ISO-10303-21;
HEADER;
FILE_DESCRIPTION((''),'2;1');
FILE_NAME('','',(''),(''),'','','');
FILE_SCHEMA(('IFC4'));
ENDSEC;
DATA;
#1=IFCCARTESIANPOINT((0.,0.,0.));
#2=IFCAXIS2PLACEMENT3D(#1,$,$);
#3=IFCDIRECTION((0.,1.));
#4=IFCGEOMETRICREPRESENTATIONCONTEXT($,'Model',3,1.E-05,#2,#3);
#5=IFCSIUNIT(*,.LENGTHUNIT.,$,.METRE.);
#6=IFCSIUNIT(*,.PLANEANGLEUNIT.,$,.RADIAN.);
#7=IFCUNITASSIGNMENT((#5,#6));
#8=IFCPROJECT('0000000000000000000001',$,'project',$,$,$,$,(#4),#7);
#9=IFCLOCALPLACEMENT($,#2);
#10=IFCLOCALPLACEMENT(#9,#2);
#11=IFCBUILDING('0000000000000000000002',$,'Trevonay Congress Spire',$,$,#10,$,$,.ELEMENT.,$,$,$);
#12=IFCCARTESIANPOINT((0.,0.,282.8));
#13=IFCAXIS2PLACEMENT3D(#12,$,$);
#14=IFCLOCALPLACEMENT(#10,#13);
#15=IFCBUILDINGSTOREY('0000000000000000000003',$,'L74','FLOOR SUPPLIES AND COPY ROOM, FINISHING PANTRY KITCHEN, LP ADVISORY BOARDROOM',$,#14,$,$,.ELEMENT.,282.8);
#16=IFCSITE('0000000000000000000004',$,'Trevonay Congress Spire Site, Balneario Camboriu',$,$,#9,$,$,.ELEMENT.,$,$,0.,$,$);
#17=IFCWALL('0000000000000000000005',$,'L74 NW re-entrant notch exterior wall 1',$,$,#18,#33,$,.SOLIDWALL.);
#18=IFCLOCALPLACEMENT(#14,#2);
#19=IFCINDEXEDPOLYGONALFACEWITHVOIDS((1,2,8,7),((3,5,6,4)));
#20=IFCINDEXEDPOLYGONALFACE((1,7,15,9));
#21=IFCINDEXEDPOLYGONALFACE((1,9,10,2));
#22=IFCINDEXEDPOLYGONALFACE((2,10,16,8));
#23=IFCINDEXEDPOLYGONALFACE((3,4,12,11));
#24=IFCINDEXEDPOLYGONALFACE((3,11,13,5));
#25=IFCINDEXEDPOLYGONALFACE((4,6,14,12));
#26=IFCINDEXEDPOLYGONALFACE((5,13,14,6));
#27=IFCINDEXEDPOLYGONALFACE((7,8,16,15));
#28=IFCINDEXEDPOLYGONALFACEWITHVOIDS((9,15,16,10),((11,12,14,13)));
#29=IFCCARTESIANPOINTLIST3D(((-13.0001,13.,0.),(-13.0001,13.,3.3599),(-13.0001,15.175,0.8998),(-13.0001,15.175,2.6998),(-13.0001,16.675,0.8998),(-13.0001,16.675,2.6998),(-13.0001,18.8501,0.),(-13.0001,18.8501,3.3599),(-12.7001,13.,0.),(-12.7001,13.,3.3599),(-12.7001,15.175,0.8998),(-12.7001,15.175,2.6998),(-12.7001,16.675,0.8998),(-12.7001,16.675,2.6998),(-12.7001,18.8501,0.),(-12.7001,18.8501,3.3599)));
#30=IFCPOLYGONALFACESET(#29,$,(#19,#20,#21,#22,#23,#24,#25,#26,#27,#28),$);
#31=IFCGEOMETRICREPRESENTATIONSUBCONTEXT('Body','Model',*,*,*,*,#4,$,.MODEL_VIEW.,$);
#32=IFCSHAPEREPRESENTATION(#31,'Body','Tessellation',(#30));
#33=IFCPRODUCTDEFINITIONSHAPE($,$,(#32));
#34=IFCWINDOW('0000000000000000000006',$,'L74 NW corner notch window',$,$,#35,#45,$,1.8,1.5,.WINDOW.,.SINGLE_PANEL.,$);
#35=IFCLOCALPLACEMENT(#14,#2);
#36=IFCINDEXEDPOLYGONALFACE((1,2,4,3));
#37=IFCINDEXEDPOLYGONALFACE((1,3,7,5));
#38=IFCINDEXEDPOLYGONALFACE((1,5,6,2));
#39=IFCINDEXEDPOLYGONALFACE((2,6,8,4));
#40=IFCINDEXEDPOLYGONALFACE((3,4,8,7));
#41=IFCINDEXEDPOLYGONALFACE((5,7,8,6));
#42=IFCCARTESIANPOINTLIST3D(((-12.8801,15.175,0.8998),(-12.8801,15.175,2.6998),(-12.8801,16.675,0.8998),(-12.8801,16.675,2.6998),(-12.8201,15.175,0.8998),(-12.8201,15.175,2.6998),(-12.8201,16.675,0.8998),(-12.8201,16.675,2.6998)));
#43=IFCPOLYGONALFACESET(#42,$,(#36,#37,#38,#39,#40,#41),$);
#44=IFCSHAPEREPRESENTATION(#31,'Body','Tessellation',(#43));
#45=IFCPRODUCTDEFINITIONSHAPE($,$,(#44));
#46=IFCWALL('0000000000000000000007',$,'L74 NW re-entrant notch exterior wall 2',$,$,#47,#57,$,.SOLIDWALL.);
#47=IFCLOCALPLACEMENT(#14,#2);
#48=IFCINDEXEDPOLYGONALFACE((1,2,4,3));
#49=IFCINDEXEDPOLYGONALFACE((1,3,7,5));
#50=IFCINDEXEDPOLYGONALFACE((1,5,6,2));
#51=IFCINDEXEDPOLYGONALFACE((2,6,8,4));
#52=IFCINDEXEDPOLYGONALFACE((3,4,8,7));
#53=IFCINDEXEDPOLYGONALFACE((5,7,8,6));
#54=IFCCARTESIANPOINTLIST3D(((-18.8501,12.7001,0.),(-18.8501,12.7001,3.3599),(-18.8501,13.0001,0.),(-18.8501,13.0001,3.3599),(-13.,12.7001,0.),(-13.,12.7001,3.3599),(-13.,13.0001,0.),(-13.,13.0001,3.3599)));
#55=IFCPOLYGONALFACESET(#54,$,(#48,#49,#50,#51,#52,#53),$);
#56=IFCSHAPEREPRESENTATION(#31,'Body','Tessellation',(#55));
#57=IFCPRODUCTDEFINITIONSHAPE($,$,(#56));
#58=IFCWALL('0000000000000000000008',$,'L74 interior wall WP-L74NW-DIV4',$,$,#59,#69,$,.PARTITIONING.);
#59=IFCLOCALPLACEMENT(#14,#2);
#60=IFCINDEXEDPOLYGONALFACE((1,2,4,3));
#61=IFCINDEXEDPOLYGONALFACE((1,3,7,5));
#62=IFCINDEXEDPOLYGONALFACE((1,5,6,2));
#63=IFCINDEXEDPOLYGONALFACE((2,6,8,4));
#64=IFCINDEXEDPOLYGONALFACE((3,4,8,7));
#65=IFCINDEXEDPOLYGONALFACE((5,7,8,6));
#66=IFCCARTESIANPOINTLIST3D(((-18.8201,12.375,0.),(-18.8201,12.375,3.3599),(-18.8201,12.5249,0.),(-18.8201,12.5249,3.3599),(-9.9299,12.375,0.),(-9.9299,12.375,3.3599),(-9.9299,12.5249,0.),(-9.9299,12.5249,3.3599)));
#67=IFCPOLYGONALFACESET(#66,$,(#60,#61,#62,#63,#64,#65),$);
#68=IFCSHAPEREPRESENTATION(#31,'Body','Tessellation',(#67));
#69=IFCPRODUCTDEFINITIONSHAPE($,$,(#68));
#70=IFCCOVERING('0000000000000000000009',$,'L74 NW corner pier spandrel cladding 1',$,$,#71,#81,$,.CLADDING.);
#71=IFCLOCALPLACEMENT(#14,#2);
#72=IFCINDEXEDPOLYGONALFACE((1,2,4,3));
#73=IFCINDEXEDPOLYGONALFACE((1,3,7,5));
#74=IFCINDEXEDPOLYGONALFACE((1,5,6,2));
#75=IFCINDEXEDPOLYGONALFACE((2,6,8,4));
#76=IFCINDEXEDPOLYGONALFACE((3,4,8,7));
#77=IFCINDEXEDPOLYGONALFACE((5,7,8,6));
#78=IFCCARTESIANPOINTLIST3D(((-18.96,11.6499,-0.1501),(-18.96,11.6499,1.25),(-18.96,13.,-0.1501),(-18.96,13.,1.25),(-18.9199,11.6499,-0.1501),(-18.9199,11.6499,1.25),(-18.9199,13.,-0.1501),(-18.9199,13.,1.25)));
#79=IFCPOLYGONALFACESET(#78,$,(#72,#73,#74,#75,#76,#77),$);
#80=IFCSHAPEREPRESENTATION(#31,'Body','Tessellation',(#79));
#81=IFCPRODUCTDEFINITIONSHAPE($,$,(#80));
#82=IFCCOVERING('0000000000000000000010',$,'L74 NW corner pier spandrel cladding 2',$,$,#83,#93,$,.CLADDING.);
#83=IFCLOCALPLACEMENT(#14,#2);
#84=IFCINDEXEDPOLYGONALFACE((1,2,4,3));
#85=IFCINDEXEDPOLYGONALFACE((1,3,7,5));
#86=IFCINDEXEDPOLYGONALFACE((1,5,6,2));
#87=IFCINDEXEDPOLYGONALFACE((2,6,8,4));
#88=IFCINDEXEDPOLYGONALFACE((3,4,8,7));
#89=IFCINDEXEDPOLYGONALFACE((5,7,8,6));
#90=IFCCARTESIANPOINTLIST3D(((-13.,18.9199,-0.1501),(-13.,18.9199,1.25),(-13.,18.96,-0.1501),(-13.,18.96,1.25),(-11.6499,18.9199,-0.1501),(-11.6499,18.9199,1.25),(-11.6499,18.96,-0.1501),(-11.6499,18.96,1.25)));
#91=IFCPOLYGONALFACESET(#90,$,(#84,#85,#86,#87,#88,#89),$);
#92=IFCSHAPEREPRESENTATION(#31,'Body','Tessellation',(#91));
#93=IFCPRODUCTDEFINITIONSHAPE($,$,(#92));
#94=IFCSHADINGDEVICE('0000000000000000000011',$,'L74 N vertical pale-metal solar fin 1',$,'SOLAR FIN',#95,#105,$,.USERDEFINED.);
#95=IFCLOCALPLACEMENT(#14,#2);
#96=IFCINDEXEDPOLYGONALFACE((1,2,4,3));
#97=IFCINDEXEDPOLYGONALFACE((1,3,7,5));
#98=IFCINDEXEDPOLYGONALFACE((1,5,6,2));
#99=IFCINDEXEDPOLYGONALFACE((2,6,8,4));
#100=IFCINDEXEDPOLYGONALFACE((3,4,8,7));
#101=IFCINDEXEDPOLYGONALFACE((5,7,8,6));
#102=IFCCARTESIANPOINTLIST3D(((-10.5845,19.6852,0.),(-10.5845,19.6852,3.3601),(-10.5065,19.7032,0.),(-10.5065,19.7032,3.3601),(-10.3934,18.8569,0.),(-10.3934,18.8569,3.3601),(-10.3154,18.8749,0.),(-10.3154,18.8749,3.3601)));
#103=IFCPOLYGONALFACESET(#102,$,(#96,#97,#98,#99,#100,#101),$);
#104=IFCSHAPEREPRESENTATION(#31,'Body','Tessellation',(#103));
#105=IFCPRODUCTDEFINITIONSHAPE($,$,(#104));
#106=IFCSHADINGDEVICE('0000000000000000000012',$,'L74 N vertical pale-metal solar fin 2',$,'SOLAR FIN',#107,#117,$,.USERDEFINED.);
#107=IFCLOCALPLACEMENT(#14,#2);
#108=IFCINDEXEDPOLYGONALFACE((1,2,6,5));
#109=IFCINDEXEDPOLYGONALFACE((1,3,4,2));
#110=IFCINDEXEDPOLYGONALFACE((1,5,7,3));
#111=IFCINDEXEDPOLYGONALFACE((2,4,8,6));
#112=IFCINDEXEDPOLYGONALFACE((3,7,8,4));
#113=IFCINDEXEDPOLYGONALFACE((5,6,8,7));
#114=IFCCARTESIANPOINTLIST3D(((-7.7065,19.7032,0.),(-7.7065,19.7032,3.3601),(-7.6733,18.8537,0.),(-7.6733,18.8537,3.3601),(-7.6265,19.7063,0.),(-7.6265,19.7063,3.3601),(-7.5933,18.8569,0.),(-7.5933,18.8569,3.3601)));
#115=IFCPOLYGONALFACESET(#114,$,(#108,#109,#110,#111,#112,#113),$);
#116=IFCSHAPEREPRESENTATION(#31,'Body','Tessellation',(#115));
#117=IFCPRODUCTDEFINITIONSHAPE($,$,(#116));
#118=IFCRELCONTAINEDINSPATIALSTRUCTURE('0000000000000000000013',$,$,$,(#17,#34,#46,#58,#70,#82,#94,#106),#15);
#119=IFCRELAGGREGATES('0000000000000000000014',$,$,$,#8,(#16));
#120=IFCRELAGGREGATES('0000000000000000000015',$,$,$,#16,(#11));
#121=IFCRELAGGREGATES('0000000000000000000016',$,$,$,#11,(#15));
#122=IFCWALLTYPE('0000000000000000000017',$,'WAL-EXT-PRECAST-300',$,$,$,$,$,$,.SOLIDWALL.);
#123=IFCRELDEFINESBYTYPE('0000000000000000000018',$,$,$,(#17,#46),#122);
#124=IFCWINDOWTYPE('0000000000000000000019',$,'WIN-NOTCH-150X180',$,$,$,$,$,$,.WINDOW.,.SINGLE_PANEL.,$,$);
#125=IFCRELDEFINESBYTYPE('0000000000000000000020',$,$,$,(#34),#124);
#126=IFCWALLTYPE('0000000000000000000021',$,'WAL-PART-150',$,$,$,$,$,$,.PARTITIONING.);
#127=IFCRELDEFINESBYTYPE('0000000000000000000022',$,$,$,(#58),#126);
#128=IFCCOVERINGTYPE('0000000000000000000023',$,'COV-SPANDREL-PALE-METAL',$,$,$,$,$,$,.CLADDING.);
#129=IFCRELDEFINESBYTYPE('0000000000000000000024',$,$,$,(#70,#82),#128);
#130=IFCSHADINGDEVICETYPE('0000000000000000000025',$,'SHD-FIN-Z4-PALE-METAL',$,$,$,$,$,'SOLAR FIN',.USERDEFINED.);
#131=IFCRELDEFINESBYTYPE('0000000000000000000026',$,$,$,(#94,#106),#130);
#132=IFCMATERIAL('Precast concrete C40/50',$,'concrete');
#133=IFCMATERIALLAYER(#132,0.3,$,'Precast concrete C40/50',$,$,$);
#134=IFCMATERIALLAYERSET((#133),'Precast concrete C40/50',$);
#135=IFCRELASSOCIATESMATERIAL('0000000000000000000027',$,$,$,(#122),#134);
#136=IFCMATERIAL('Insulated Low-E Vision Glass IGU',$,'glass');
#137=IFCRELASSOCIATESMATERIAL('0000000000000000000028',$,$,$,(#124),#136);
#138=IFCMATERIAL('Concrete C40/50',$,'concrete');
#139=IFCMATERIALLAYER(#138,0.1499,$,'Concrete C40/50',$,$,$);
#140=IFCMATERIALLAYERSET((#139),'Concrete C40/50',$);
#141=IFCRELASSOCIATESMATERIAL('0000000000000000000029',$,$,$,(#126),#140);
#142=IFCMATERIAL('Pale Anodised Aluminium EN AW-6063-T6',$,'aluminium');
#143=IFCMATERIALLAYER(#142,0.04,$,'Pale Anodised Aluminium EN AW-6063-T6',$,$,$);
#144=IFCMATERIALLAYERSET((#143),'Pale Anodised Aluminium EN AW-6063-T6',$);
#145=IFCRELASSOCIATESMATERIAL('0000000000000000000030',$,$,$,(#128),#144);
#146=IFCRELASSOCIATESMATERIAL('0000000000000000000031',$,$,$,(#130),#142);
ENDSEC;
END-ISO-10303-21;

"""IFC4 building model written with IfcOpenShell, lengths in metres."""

from ifc_helpers import new_model, si_unit, direction, frame, frame_2d, origin, origin_2d, place, context, subcontext, project, spatial, rectangle, extrude, material, layer, layer_set, type_object, element, fill, save


model = new_model("IFC4")

# Units and contexts
model_context = context("Model", 3, precision=1e-05, world=origin(), true_north=direction((0.0, 1.0)))
body_context = subcontext(model_context, "Body", "Model", "MODEL_VIEW")
ifc_project = project(units=[si_unit("LENGTHUNIT", "METRE"), si_unit("PLANEANGLEUNIT", "RADIAN")], contexts=[model_context])

# Site, building, storey
site_placement = place(None, origin())
site = spatial("IfcSite", under=ifc_project, at=site_placement, Name="Trevonay Congress Spire Site, Balneario Camboriu", CompositionType="ELEMENT", RefElevation=0.0)
building_placement = place(site_placement, origin())
building = spatial("IfcBuilding", under=site, at=building_placement, Name="Trevonay Congress Spire", CompositionType="ELEMENT")
storey_placement = place(building_placement, frame((0.0, 0.0, 282.8)))
storey = spatial("IfcBuildingStorey", under=building, at=storey_placement, Name="L74", Description="FLOOR SUPPLIES AND COPY ROOM, FINISHING PANTRY KITCHEN, LP ADVISORY BOARDROOM", CompositionType="ELEMENT", Elevation=282.8)

# Shared definitions
ifc_material_1 = material(Name="Pale Anodised Aluminium EN AW-6063-T6", Category="aluminium")

# Shared definitions
ifc_material_2 = material(Name="Insulated Low-E Vision Glass IGU", Category="glass")

# Shared definitions
ifc_material_3 = material(Name="Concrete C40/50", Category="concrete")

# Wall, opening, window
ifc_material_4 = material(Name="Precast concrete C40/50", Category="concrete")
ifc_layer_1 = layer(ifc_material_4, 0.3, Name="Precast concrete C40/50")
ifc_layer_set_1 = layer_set([ifc_layer_1], Name="Precast concrete C40/50")
wall_type_1 = type_object("IfcWallType", Name="WAL-EXT-PRECAST-300", PredefinedType="SOLIDWALL", material=ifc_layer_set_1)
wall_1_placement = place(storey_placement, frame((-12.8501, 18.8501, 0.0), z_axis=(0.0, 0.0, 1.0), x_axis=(0.0, -1.0, 0.0)))
wall_1 = element("IfcWall", 1, at=wall_1_placement, inside=storey, type_object=wall_type_1, Name="L74 NW re-entrant notch exterior wall 1", PredefinedType="SOLIDWALL", context=body_context, shape_type="SweptSolid", body=[
    extrude(rectangle(XDim=5.8501, YDim=0.3, at=frame_2d((2.925, 0.0))), origin(), (0.0, 0.0, 1.0), 3.3599),
])
opening_1_placement = place(wall_1_placement, frame((2.175, 0.0, 0.8999)))
opening_1 = element("IfcOpeningElement", 2, at=opening_1_placement, cuts=wall_1, PredefinedType="OPENING", context=body_context, shape_type="SweptSolid", body=[
    extrude(rectangle(XDim=1.5, YDim=1.8, at=frame_2d((0.75, 0.8999))), frame((0.0, 0.1602, 0.0), z_axis=(0.0, -1.0, 0.0), x_axis=(1.0, 0.0, 0.0)), (0.0, 0.0, 1.0), 0.3201),
])
window_type = type_object("IfcWindowType", Name="WIN-NOTCH-150X180", PartitioningType="SINGLE_PANEL", PredefinedType="WINDOW", material=ifc_material_2)
window_placement = place(opening_1_placement, origin())
window = element("IfcWindow", 3, at=window_placement, inside=storey, type_object=window_type, Name="L74 NW corner notch window", OverallHeight=1.8, OverallWidth=1.5, PartitioningType="SINGLE_PANEL", PredefinedType="WINDOW", context=body_context, shape_type="SweptSolid", body=[
    extrude(rectangle(XDim=1.5, YDim=1.8, at=frame_2d((0.75, 0.8999))), frame((0.0, 0.03, 0.0), z_axis=(0.0, -1.0, 0.0), x_axis=(1.0, 0.0, 0.0)), (0.0, 0.0, 1.0), 0.0601),
])
fill(opening_1, window)

# Walls
wall_2_placement = place(storey_placement, frame((-18.8501, 12.8501, 0.0), z_axis=(0.0, 0.0, 1.0), x_axis=(1.0, 0.0, 0.0)))
element("IfcWall", 4, at=wall_2_placement, inside=storey, type_object=wall_type_1, Name="L74 NW re-entrant notch exterior wall 2", PredefinedType="SOLIDWALL", context=body_context, shape_type="SweptSolid", body=[
    extrude(rectangle(XDim=5.8501, YDim=0.3, at=frame_2d((2.925, 0.0))), origin(), (0.0, 0.0, 1.0), 3.3599),
])
ifc_layer_2 = layer(ifc_material_3, 0.1499, Name="Concrete C40/50")
ifc_layer_set_2 = layer_set([ifc_layer_2], Name="Concrete C40/50")
wall_type_2 = type_object("IfcWallType", Name="WAL-PART-150", PredefinedType="PARTITIONING", material=ifc_layer_set_2)
wall_3_placement = place(storey_placement, frame((-18.8201, 12.45, 0.0), z_axis=(0.0, 0.0, 1.0), x_axis=(1.0, 0.0, 0.0)))
element("IfcWall", 5, at=wall_3_placement, inside=storey, type_object=wall_type_2, Name="L74 interior wall WP-L74NW-DIV4", PredefinedType="PARTITIONING", context=body_context, shape_type="SweptSolid", body=[
    extrude(rectangle(XDim=8.8901, YDim=0.1499, at=frame_2d((4.4451, 0.0))), origin(), (0.0, 0.0, 1.0), 3.3599),
])

# Coverings
ifc_layer_3 = layer(ifc_material_1, 0.04, Name="Pale Anodised Aluminium EN AW-6063-T6")
ifc_layer_set_3 = layer_set([ifc_layer_3], Name="Pale Anodised Aluminium EN AW-6063-T6")
covering_type = type_object("IfcCoveringType", Name="COV-SPANDREL-PALE-METAL", PredefinedType="CLADDING", material=ifc_layer_set_3)
for number, where, z_axis, x_axis, name in (
    (6, (-18.9399, 11.6499, -0.1501), (0.0, 0.0, 1.0), (0.0, 1.0, 0.0), "L74 NW corner pier spandrel cladding 1"),
    (7, (-11.6499, 18.9399, -0.1501), (0.0, 0.0, 1.0), (-1.0, 0.0, 0.0), "L74 NW corner pier spandrel cladding 2"),
):
    element("IfcCovering", number, at=place(storey_placement, frame(where, z_axis=z_axis, x_axis=x_axis)), inside=storey, type_object=covering_type, Name=name, PredefinedType="CLADDING", context=body_context, shape_type="SweptSolid", body=[
        extrude(rectangle(XDim=1.3501, YDim=0.04, at=frame_2d((0.675, 0.0))), origin(), (0.0, 0.0, 1.0), 1.4001),
    ])

# Shading devices
shading_device_type = type_object("IfcShadingDeviceType", Name="SHD-FIN-Z4-PALE-METAL", ElementType="SOLAR FIN", PredefinedType="USERDEFINED", material=ifc_material_1)
for number, where, z_axis, x_axis, name in (
    (8, (-10.45, 19.28, 0.0), (0.0, 0.0, 1.0), (0.974409, 0.224781, 0.0), "L74 N vertical pale-metal solar fin 1"),
    (9, (-7.6499, 19.28, 0.0), (0.0, 0.0, 1.0), (0.999236, 0.039085, 0.0), "L74 N vertical pale-metal solar fin 2"),
):
    element("IfcShadingDevice", number, at=place(storey_placement, frame(where, z_axis=z_axis, x_axis=x_axis)), inside=storey, type_object=shading_device_type, Name=name, ObjectType="SOLAR FIN", PredefinedType="USERDEFINED", context=body_context, shape_type="SweptSolid", body=[
        extrude(rectangle(XDim=0.0801, YDim=0.8501, at=origin_2d()), origin(), (0.0, 0.0, 1.0), 3.3601),
    ])

save(model, "model.ifc")
